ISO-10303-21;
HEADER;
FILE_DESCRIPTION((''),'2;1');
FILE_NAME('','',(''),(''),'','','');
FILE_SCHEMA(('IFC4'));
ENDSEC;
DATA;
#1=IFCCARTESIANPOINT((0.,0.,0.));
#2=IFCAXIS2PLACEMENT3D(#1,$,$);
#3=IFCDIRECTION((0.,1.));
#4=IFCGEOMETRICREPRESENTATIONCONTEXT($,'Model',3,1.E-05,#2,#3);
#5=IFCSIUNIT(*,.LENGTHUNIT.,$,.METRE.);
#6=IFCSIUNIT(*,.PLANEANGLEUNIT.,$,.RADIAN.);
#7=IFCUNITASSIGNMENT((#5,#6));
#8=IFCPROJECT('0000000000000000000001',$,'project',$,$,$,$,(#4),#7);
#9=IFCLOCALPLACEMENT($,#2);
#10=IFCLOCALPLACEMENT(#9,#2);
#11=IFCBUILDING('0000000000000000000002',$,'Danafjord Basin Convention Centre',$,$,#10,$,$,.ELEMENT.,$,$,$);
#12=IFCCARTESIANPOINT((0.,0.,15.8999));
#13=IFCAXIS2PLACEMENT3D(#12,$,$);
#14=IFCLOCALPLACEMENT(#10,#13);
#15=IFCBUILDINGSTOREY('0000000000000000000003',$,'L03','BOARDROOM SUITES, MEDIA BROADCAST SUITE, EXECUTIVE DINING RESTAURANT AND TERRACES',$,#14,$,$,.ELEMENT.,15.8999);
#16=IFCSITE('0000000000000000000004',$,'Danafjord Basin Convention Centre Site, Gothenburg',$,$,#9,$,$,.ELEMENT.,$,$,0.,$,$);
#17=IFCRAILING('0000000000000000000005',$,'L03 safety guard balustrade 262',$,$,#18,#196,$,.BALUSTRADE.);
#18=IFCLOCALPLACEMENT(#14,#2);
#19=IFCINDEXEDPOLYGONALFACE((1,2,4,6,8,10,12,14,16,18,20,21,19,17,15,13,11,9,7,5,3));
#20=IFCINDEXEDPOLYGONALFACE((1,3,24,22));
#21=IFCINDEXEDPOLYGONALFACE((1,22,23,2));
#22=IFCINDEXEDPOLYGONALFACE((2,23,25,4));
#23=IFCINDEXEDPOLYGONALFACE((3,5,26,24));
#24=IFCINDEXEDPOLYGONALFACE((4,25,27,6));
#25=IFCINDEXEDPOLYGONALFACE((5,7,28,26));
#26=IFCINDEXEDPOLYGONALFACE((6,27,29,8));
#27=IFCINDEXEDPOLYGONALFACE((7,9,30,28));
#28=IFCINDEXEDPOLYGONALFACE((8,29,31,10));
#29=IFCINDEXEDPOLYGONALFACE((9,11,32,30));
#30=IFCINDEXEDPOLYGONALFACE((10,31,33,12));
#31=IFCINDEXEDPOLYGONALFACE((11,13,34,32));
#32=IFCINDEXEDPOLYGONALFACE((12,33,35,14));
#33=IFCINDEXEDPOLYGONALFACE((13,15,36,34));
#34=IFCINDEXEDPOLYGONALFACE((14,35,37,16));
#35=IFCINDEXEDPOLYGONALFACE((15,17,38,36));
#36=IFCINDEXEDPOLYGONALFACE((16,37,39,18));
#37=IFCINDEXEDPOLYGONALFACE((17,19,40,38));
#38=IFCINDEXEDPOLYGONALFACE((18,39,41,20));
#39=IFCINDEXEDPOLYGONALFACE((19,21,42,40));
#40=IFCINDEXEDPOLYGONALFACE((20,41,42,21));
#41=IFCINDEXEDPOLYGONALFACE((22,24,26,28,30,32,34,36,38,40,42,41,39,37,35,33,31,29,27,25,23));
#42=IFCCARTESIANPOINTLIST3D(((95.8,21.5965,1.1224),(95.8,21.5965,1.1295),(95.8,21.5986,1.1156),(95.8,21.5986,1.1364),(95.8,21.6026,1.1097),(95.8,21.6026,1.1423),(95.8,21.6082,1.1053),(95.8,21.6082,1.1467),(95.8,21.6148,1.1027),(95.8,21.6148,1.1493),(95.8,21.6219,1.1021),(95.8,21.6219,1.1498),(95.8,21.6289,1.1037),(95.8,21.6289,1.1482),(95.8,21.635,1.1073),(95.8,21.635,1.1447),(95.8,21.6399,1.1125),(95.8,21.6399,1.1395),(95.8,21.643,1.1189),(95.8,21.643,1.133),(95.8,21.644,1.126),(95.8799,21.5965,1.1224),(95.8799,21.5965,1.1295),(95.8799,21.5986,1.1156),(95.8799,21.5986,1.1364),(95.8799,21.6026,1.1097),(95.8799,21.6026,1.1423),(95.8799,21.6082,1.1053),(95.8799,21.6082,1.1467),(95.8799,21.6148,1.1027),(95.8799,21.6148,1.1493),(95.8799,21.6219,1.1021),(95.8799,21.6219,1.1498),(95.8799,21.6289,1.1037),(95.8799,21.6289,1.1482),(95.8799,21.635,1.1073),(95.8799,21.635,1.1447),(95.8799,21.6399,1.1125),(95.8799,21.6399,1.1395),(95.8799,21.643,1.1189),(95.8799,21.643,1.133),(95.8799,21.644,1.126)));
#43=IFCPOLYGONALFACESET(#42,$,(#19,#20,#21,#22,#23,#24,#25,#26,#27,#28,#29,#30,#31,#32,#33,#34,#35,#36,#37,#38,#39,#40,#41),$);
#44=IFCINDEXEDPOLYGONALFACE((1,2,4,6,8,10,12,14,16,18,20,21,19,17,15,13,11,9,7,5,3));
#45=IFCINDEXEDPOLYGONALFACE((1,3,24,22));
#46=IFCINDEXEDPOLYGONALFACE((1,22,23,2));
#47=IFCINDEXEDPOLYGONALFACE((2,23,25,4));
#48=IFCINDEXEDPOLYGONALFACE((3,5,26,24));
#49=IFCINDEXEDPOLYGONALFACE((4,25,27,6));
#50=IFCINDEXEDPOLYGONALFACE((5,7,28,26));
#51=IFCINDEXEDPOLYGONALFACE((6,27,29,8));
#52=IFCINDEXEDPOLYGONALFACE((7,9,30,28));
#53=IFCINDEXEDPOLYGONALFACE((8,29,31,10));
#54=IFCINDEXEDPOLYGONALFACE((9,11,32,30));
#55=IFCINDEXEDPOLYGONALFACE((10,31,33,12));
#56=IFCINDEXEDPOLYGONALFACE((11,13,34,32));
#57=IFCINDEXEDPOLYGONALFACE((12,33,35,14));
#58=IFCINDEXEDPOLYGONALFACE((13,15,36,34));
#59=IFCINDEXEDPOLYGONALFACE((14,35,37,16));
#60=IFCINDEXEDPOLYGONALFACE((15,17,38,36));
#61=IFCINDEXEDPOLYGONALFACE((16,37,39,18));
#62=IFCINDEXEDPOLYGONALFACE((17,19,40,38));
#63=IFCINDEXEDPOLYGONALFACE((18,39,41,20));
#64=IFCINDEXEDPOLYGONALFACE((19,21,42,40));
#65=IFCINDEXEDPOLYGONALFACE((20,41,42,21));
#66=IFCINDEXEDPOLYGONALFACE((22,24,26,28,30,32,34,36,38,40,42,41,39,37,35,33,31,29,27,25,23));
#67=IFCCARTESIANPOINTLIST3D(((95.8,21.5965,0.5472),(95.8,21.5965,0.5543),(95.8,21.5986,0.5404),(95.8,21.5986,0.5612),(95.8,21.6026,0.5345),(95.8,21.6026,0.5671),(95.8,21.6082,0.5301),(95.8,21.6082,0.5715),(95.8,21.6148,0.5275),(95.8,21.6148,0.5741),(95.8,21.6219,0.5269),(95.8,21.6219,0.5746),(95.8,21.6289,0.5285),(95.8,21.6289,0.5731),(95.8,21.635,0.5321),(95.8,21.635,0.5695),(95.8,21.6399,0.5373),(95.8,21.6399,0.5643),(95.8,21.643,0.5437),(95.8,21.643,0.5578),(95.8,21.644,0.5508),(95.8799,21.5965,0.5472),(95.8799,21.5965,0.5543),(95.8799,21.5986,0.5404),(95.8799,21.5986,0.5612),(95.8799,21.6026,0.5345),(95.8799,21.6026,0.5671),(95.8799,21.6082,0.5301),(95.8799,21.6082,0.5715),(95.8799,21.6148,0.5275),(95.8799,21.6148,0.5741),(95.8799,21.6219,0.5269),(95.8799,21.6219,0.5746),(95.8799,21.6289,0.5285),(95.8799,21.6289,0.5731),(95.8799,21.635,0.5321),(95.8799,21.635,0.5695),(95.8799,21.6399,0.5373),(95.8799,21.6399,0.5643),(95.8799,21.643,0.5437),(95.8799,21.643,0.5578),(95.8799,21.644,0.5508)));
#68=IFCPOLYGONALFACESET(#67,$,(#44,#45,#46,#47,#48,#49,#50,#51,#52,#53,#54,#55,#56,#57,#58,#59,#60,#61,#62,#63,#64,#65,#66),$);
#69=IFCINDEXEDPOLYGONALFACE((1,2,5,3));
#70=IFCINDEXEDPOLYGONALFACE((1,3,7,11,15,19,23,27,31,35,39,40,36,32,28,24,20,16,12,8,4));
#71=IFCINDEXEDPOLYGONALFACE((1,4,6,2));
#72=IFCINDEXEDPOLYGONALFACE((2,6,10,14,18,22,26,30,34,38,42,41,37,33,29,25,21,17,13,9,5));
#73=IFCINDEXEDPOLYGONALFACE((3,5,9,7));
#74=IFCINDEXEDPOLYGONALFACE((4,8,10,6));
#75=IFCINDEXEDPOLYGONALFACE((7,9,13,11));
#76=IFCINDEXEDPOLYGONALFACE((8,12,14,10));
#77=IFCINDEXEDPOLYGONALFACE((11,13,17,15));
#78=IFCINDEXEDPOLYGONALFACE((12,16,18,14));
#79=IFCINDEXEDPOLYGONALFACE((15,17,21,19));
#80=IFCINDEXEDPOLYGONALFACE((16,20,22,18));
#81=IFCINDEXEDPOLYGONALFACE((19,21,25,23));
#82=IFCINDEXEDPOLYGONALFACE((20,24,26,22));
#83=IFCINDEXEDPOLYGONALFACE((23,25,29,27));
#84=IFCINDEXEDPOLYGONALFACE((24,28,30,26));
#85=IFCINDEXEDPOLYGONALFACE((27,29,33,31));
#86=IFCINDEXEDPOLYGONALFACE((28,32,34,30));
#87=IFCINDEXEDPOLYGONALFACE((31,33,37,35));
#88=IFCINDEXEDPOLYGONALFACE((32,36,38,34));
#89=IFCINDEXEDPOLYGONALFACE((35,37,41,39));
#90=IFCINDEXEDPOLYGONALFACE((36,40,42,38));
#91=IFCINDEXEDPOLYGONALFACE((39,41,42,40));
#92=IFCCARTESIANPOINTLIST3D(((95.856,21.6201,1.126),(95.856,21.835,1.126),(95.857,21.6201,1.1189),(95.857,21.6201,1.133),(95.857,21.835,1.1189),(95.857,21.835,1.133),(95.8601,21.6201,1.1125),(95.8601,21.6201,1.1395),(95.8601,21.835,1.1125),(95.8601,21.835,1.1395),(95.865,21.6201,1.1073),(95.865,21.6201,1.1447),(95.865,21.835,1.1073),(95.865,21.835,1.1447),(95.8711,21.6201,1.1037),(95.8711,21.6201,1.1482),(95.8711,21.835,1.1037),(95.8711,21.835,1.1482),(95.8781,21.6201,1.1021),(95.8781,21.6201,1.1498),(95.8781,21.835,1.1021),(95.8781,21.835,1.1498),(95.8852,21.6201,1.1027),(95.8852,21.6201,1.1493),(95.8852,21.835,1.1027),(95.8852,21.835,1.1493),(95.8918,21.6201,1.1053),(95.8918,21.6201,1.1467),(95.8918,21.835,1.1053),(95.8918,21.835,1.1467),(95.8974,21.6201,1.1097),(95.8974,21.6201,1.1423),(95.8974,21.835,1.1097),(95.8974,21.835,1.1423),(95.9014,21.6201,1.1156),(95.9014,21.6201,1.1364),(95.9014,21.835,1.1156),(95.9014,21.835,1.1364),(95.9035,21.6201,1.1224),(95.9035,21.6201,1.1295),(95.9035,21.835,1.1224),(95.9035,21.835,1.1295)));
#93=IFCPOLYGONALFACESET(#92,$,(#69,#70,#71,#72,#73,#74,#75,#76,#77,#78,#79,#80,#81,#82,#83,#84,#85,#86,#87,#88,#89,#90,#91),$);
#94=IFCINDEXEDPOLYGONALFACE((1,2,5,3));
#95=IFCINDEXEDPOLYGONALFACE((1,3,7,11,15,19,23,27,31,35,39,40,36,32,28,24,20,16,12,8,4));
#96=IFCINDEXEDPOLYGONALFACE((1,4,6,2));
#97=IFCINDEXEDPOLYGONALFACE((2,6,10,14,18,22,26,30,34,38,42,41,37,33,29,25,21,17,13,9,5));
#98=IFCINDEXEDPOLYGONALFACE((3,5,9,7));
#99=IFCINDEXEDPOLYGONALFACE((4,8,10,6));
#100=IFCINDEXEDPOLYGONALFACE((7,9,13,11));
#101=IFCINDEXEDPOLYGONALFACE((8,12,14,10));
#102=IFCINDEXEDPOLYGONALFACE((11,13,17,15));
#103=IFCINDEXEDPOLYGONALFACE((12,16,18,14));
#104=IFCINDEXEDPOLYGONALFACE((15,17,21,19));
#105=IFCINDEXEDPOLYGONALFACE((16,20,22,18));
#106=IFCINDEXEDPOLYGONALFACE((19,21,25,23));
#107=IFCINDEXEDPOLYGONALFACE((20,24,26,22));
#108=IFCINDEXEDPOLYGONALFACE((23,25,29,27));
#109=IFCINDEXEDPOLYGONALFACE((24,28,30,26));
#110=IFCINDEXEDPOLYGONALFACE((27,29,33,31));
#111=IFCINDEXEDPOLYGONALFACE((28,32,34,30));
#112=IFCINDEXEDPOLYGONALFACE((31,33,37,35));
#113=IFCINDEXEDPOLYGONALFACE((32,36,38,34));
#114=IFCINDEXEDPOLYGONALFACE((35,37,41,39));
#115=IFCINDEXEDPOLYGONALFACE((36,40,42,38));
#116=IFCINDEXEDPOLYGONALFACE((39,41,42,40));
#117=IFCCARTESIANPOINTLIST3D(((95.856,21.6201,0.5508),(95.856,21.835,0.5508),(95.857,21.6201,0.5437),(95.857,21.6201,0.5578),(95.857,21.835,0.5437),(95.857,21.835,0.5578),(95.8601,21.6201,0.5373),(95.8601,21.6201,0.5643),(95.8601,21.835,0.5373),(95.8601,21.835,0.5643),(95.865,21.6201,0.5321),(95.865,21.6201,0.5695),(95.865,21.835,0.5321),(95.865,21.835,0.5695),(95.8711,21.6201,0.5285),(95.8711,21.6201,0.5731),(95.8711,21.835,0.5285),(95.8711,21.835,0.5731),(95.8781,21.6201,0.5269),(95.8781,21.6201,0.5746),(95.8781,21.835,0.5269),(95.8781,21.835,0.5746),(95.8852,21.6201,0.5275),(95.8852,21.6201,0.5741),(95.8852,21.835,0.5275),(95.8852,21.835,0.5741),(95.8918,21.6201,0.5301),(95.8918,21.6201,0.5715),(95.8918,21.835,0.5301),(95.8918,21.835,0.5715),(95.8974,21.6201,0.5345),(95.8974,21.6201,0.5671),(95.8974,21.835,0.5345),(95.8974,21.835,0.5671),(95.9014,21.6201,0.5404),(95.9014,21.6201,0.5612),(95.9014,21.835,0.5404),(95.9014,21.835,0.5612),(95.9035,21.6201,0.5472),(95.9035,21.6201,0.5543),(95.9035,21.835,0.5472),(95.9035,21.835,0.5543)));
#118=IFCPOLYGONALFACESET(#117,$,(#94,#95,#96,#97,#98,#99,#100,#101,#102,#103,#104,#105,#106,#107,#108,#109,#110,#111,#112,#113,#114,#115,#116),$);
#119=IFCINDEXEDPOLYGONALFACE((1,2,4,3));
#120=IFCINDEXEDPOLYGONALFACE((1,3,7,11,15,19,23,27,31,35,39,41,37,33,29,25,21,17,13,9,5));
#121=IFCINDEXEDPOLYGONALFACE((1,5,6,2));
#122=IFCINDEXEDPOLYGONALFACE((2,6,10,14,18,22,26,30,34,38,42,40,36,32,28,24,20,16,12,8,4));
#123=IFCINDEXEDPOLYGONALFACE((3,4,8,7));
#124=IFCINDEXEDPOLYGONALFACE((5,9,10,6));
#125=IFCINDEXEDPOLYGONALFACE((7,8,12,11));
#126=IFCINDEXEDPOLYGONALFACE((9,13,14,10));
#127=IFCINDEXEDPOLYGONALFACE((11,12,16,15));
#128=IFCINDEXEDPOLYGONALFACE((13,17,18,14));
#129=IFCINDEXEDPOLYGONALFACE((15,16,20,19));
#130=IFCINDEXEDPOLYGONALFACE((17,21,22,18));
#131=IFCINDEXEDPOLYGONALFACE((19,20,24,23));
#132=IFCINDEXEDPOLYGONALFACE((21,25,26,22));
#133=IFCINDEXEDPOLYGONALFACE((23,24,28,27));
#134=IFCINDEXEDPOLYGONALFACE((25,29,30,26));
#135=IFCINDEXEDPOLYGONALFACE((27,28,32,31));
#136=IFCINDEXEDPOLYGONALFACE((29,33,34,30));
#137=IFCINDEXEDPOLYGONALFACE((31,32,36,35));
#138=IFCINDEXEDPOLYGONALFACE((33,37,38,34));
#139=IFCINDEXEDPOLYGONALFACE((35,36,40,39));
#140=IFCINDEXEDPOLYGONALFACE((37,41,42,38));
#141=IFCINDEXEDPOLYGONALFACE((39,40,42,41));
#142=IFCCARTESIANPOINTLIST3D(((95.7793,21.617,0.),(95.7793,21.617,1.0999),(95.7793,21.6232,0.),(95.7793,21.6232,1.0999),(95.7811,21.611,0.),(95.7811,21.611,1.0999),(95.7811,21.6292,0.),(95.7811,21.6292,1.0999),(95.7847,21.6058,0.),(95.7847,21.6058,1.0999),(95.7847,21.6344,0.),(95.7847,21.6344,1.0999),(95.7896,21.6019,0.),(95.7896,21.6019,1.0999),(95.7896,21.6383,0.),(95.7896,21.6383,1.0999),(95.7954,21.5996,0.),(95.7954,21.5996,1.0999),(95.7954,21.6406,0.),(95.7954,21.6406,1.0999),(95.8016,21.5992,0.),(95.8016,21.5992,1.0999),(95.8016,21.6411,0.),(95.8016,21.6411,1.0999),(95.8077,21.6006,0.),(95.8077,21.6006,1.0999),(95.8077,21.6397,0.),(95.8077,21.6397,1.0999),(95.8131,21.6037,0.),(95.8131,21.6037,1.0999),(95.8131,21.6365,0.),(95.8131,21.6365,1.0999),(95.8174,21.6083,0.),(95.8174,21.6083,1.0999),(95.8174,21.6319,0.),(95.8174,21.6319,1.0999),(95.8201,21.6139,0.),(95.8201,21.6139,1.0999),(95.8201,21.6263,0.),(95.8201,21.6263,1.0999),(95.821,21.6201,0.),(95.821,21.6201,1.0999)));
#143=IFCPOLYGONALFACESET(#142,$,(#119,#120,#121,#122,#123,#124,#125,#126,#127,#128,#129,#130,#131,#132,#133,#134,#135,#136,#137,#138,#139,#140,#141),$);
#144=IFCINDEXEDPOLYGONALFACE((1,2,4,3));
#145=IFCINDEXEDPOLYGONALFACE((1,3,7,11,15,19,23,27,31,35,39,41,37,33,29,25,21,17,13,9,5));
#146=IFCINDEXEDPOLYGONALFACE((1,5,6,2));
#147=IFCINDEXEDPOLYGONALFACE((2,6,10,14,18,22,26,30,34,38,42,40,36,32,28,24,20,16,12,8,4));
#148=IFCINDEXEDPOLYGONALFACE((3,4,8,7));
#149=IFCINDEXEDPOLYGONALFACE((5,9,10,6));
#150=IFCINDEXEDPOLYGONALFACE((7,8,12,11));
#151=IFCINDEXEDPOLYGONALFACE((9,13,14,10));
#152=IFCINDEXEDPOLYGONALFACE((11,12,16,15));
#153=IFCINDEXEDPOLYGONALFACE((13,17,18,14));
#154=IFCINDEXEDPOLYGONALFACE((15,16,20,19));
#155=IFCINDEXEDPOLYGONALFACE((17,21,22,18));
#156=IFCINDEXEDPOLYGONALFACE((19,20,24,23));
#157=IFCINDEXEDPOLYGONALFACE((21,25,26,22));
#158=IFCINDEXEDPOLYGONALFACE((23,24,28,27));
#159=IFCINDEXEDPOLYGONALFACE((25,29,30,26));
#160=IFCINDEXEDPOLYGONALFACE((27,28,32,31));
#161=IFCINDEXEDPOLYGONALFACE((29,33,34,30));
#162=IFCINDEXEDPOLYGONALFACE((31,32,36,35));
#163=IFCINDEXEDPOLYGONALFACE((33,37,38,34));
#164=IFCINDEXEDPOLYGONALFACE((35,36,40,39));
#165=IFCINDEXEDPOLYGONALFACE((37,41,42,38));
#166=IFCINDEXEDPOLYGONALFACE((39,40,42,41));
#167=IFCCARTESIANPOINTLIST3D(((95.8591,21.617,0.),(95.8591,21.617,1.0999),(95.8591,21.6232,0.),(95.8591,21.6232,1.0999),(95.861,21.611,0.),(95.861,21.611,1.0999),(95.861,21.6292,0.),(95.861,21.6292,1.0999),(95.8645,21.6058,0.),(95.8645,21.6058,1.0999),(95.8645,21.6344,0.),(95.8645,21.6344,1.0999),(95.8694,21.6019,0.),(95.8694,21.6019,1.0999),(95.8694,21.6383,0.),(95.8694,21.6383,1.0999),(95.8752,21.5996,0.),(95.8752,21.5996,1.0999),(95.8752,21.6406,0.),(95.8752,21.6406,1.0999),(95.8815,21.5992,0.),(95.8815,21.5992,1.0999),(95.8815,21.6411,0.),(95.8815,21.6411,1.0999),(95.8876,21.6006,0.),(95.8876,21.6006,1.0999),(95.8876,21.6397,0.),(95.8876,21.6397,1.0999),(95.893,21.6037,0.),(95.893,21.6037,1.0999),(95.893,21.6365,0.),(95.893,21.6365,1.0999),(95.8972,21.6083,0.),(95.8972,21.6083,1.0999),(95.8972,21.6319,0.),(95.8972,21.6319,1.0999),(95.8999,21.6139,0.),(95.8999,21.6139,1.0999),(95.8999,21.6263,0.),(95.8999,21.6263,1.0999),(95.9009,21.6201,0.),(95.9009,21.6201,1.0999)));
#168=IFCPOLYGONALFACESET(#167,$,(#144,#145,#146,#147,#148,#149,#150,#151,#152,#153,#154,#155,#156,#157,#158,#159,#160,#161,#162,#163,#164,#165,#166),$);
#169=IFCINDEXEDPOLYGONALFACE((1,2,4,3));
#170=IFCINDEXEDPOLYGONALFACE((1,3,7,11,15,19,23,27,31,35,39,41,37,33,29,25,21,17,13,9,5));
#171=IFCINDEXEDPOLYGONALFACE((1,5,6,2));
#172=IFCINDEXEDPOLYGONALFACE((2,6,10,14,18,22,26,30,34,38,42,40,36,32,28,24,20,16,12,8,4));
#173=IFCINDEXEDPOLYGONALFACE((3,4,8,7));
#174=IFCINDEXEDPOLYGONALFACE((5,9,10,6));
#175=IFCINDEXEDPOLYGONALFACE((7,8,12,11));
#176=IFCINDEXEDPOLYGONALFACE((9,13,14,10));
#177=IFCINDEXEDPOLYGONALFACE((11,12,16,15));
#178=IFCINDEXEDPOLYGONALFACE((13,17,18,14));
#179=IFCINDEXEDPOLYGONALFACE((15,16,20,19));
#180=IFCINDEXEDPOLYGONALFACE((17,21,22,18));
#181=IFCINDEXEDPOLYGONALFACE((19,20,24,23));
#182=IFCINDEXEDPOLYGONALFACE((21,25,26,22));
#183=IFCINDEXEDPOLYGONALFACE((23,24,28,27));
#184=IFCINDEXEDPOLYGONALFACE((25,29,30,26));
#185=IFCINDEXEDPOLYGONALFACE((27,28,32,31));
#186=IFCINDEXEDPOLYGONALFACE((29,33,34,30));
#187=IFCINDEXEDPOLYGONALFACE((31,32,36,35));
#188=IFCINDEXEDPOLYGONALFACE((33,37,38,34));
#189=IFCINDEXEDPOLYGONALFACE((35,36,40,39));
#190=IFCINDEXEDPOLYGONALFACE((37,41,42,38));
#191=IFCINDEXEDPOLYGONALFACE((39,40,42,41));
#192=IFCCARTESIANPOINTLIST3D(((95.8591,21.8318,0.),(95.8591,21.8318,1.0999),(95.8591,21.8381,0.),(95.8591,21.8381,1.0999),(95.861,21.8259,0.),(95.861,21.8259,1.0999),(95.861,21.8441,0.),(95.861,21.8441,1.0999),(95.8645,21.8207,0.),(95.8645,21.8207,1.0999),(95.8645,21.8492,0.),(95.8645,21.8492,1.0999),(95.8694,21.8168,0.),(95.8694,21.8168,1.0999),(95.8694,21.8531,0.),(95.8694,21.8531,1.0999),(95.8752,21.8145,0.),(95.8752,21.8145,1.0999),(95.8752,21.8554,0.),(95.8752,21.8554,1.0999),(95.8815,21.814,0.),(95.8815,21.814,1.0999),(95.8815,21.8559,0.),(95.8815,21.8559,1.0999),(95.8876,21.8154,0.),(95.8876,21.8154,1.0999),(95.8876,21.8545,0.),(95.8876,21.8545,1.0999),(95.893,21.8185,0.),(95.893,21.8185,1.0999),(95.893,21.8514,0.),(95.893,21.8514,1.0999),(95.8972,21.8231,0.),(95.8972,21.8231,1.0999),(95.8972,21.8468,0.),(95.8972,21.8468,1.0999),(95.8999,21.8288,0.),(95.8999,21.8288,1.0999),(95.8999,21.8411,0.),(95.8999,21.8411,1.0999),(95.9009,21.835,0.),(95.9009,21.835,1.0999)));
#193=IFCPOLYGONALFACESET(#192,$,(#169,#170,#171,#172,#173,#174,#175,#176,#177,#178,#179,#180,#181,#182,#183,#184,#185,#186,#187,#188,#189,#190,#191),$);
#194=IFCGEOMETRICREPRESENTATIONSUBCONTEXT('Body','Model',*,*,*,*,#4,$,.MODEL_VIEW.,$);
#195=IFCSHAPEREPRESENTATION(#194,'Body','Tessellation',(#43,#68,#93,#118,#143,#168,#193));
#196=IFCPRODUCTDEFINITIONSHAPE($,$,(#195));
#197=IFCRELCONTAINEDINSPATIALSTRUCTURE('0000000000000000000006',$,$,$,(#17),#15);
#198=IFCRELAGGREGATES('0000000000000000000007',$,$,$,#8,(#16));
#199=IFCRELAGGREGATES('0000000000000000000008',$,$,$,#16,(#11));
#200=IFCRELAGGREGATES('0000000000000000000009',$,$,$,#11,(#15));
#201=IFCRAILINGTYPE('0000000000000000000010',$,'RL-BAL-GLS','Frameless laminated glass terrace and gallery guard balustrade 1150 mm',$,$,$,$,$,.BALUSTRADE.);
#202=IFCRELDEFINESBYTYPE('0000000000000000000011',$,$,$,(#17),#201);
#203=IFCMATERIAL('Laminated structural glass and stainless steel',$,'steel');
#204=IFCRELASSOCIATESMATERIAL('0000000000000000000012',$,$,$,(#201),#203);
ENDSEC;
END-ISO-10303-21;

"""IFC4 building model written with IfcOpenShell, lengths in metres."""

from ifc_helpers import new_model, si_unit, direction, frame, origin, origin_2d, place, context, subcontext, project, spatial, circle, extrude, material, type_object, element, save


model = new_model("IFC4")

# Units and contexts
model_context = context("Model", 3, precision=1e-05, world=origin(), true_north=direction((0.0, 1.0)))
body_context = subcontext(model_context, "Body", "Model", "MODEL_VIEW")
ifc_project = project(units=[si_unit("LENGTHUNIT", "METRE"), si_unit("PLANEANGLEUNIT", "RADIAN")], contexts=[model_context])

# Site, building, storey
site_placement = place(None, origin())
site = spatial("IfcSite", under=ifc_project, at=site_placement, Name="Danafjord Basin Convention Centre Site, Gothenburg", CompositionType="ELEMENT", RefElevation=0.0)
building_placement = place(site_placement, origin())
building = spatial("IfcBuilding", under=site, at=building_placement, Name="Danafjord Basin Convention Centre", CompositionType="ELEMENT")
storey_placement = place(building_placement, frame((0.0, 0.0, 15.8999)))
storey = spatial("IfcBuildingStorey", under=building, at=storey_placement, Name="L03", Description="BOARDROOM SUITES, MEDIA BROADCAST SUITE, EXECUTIVE DINING RESTAURANT AND TERRACES", CompositionType="ELEMENT", Elevation=15.8999)

# Railing
ifc_material_1 = material(Name="Laminated structural glass and stainless steel", Category="steel")
railing_type_1 = type_object("IfcRailingType", Name="RL-BAL-GLS", Description="Frameless laminated glass terrace and gallery guard balustrade 1150 mm", PredefinedType="BALUSTRADE", material=ifc_material_1)
railing_1_placement = place(storey_placement, frame((95.8, 21.6201, 0.0)))
element("IfcRailing", 1, at=railing_1_placement, inside=storey, type_object=railing_type_1, Name="L03 safety guard balustrade 262", PredefinedType="BALUSTRADE", context=body_context, shape_type="SweptSolid", body=[
    extrude(circle(Radius=0.0239, at=origin_2d()), frame((0.0, 0.0, 1.126), z_axis=(1.0, 0.0, 0.0), x_axis=(0.0, 1.0, 0.0)), (0.0, 0.0, 1.0), 0.0798),
    extrude(circle(Radius=0.0239, at=origin_2d()), frame((0.0, 0.0, 0.5508), z_axis=(1.0, 0.0, 0.0), x_axis=(0.0, 1.0, 0.0)), (0.0, 0.0, 1.0), 0.0798),
    extrude(circle(Radius=0.0239, at=origin_2d()), frame((0.0798, 0.0, 1.126), z_axis=(0.0, 1.0, 0.0), x_axis=(-1.0, 0.0, 0.0)), (0.0, 0.0, 1.0), 0.2148),
    extrude(circle(Radius=0.0239, at=origin_2d()), frame((0.0798, 0.0, 0.5508), z_axis=(0.0, 1.0, 0.0), x_axis=(-1.0, 0.0, 0.0)), (0.0, 0.0, 1.0), 0.2148),
    extrude(circle(Radius=0.021, at=origin_2d()), origin(), (0.0, 0.0, 1.0), 1.0999),
    extrude(circle(Radius=0.021, at=origin_2d()), frame((0.0798, 0.0, 0.0)), (0.0, 0.0, 1.0), 1.0999),
    extrude(circle(Radius=0.021, at=origin_2d()), frame((0.0798, 0.2148, 0.0)), (0.0, 0.0, 1.0), 1.0999),
])

save(model, "model.ifc")
